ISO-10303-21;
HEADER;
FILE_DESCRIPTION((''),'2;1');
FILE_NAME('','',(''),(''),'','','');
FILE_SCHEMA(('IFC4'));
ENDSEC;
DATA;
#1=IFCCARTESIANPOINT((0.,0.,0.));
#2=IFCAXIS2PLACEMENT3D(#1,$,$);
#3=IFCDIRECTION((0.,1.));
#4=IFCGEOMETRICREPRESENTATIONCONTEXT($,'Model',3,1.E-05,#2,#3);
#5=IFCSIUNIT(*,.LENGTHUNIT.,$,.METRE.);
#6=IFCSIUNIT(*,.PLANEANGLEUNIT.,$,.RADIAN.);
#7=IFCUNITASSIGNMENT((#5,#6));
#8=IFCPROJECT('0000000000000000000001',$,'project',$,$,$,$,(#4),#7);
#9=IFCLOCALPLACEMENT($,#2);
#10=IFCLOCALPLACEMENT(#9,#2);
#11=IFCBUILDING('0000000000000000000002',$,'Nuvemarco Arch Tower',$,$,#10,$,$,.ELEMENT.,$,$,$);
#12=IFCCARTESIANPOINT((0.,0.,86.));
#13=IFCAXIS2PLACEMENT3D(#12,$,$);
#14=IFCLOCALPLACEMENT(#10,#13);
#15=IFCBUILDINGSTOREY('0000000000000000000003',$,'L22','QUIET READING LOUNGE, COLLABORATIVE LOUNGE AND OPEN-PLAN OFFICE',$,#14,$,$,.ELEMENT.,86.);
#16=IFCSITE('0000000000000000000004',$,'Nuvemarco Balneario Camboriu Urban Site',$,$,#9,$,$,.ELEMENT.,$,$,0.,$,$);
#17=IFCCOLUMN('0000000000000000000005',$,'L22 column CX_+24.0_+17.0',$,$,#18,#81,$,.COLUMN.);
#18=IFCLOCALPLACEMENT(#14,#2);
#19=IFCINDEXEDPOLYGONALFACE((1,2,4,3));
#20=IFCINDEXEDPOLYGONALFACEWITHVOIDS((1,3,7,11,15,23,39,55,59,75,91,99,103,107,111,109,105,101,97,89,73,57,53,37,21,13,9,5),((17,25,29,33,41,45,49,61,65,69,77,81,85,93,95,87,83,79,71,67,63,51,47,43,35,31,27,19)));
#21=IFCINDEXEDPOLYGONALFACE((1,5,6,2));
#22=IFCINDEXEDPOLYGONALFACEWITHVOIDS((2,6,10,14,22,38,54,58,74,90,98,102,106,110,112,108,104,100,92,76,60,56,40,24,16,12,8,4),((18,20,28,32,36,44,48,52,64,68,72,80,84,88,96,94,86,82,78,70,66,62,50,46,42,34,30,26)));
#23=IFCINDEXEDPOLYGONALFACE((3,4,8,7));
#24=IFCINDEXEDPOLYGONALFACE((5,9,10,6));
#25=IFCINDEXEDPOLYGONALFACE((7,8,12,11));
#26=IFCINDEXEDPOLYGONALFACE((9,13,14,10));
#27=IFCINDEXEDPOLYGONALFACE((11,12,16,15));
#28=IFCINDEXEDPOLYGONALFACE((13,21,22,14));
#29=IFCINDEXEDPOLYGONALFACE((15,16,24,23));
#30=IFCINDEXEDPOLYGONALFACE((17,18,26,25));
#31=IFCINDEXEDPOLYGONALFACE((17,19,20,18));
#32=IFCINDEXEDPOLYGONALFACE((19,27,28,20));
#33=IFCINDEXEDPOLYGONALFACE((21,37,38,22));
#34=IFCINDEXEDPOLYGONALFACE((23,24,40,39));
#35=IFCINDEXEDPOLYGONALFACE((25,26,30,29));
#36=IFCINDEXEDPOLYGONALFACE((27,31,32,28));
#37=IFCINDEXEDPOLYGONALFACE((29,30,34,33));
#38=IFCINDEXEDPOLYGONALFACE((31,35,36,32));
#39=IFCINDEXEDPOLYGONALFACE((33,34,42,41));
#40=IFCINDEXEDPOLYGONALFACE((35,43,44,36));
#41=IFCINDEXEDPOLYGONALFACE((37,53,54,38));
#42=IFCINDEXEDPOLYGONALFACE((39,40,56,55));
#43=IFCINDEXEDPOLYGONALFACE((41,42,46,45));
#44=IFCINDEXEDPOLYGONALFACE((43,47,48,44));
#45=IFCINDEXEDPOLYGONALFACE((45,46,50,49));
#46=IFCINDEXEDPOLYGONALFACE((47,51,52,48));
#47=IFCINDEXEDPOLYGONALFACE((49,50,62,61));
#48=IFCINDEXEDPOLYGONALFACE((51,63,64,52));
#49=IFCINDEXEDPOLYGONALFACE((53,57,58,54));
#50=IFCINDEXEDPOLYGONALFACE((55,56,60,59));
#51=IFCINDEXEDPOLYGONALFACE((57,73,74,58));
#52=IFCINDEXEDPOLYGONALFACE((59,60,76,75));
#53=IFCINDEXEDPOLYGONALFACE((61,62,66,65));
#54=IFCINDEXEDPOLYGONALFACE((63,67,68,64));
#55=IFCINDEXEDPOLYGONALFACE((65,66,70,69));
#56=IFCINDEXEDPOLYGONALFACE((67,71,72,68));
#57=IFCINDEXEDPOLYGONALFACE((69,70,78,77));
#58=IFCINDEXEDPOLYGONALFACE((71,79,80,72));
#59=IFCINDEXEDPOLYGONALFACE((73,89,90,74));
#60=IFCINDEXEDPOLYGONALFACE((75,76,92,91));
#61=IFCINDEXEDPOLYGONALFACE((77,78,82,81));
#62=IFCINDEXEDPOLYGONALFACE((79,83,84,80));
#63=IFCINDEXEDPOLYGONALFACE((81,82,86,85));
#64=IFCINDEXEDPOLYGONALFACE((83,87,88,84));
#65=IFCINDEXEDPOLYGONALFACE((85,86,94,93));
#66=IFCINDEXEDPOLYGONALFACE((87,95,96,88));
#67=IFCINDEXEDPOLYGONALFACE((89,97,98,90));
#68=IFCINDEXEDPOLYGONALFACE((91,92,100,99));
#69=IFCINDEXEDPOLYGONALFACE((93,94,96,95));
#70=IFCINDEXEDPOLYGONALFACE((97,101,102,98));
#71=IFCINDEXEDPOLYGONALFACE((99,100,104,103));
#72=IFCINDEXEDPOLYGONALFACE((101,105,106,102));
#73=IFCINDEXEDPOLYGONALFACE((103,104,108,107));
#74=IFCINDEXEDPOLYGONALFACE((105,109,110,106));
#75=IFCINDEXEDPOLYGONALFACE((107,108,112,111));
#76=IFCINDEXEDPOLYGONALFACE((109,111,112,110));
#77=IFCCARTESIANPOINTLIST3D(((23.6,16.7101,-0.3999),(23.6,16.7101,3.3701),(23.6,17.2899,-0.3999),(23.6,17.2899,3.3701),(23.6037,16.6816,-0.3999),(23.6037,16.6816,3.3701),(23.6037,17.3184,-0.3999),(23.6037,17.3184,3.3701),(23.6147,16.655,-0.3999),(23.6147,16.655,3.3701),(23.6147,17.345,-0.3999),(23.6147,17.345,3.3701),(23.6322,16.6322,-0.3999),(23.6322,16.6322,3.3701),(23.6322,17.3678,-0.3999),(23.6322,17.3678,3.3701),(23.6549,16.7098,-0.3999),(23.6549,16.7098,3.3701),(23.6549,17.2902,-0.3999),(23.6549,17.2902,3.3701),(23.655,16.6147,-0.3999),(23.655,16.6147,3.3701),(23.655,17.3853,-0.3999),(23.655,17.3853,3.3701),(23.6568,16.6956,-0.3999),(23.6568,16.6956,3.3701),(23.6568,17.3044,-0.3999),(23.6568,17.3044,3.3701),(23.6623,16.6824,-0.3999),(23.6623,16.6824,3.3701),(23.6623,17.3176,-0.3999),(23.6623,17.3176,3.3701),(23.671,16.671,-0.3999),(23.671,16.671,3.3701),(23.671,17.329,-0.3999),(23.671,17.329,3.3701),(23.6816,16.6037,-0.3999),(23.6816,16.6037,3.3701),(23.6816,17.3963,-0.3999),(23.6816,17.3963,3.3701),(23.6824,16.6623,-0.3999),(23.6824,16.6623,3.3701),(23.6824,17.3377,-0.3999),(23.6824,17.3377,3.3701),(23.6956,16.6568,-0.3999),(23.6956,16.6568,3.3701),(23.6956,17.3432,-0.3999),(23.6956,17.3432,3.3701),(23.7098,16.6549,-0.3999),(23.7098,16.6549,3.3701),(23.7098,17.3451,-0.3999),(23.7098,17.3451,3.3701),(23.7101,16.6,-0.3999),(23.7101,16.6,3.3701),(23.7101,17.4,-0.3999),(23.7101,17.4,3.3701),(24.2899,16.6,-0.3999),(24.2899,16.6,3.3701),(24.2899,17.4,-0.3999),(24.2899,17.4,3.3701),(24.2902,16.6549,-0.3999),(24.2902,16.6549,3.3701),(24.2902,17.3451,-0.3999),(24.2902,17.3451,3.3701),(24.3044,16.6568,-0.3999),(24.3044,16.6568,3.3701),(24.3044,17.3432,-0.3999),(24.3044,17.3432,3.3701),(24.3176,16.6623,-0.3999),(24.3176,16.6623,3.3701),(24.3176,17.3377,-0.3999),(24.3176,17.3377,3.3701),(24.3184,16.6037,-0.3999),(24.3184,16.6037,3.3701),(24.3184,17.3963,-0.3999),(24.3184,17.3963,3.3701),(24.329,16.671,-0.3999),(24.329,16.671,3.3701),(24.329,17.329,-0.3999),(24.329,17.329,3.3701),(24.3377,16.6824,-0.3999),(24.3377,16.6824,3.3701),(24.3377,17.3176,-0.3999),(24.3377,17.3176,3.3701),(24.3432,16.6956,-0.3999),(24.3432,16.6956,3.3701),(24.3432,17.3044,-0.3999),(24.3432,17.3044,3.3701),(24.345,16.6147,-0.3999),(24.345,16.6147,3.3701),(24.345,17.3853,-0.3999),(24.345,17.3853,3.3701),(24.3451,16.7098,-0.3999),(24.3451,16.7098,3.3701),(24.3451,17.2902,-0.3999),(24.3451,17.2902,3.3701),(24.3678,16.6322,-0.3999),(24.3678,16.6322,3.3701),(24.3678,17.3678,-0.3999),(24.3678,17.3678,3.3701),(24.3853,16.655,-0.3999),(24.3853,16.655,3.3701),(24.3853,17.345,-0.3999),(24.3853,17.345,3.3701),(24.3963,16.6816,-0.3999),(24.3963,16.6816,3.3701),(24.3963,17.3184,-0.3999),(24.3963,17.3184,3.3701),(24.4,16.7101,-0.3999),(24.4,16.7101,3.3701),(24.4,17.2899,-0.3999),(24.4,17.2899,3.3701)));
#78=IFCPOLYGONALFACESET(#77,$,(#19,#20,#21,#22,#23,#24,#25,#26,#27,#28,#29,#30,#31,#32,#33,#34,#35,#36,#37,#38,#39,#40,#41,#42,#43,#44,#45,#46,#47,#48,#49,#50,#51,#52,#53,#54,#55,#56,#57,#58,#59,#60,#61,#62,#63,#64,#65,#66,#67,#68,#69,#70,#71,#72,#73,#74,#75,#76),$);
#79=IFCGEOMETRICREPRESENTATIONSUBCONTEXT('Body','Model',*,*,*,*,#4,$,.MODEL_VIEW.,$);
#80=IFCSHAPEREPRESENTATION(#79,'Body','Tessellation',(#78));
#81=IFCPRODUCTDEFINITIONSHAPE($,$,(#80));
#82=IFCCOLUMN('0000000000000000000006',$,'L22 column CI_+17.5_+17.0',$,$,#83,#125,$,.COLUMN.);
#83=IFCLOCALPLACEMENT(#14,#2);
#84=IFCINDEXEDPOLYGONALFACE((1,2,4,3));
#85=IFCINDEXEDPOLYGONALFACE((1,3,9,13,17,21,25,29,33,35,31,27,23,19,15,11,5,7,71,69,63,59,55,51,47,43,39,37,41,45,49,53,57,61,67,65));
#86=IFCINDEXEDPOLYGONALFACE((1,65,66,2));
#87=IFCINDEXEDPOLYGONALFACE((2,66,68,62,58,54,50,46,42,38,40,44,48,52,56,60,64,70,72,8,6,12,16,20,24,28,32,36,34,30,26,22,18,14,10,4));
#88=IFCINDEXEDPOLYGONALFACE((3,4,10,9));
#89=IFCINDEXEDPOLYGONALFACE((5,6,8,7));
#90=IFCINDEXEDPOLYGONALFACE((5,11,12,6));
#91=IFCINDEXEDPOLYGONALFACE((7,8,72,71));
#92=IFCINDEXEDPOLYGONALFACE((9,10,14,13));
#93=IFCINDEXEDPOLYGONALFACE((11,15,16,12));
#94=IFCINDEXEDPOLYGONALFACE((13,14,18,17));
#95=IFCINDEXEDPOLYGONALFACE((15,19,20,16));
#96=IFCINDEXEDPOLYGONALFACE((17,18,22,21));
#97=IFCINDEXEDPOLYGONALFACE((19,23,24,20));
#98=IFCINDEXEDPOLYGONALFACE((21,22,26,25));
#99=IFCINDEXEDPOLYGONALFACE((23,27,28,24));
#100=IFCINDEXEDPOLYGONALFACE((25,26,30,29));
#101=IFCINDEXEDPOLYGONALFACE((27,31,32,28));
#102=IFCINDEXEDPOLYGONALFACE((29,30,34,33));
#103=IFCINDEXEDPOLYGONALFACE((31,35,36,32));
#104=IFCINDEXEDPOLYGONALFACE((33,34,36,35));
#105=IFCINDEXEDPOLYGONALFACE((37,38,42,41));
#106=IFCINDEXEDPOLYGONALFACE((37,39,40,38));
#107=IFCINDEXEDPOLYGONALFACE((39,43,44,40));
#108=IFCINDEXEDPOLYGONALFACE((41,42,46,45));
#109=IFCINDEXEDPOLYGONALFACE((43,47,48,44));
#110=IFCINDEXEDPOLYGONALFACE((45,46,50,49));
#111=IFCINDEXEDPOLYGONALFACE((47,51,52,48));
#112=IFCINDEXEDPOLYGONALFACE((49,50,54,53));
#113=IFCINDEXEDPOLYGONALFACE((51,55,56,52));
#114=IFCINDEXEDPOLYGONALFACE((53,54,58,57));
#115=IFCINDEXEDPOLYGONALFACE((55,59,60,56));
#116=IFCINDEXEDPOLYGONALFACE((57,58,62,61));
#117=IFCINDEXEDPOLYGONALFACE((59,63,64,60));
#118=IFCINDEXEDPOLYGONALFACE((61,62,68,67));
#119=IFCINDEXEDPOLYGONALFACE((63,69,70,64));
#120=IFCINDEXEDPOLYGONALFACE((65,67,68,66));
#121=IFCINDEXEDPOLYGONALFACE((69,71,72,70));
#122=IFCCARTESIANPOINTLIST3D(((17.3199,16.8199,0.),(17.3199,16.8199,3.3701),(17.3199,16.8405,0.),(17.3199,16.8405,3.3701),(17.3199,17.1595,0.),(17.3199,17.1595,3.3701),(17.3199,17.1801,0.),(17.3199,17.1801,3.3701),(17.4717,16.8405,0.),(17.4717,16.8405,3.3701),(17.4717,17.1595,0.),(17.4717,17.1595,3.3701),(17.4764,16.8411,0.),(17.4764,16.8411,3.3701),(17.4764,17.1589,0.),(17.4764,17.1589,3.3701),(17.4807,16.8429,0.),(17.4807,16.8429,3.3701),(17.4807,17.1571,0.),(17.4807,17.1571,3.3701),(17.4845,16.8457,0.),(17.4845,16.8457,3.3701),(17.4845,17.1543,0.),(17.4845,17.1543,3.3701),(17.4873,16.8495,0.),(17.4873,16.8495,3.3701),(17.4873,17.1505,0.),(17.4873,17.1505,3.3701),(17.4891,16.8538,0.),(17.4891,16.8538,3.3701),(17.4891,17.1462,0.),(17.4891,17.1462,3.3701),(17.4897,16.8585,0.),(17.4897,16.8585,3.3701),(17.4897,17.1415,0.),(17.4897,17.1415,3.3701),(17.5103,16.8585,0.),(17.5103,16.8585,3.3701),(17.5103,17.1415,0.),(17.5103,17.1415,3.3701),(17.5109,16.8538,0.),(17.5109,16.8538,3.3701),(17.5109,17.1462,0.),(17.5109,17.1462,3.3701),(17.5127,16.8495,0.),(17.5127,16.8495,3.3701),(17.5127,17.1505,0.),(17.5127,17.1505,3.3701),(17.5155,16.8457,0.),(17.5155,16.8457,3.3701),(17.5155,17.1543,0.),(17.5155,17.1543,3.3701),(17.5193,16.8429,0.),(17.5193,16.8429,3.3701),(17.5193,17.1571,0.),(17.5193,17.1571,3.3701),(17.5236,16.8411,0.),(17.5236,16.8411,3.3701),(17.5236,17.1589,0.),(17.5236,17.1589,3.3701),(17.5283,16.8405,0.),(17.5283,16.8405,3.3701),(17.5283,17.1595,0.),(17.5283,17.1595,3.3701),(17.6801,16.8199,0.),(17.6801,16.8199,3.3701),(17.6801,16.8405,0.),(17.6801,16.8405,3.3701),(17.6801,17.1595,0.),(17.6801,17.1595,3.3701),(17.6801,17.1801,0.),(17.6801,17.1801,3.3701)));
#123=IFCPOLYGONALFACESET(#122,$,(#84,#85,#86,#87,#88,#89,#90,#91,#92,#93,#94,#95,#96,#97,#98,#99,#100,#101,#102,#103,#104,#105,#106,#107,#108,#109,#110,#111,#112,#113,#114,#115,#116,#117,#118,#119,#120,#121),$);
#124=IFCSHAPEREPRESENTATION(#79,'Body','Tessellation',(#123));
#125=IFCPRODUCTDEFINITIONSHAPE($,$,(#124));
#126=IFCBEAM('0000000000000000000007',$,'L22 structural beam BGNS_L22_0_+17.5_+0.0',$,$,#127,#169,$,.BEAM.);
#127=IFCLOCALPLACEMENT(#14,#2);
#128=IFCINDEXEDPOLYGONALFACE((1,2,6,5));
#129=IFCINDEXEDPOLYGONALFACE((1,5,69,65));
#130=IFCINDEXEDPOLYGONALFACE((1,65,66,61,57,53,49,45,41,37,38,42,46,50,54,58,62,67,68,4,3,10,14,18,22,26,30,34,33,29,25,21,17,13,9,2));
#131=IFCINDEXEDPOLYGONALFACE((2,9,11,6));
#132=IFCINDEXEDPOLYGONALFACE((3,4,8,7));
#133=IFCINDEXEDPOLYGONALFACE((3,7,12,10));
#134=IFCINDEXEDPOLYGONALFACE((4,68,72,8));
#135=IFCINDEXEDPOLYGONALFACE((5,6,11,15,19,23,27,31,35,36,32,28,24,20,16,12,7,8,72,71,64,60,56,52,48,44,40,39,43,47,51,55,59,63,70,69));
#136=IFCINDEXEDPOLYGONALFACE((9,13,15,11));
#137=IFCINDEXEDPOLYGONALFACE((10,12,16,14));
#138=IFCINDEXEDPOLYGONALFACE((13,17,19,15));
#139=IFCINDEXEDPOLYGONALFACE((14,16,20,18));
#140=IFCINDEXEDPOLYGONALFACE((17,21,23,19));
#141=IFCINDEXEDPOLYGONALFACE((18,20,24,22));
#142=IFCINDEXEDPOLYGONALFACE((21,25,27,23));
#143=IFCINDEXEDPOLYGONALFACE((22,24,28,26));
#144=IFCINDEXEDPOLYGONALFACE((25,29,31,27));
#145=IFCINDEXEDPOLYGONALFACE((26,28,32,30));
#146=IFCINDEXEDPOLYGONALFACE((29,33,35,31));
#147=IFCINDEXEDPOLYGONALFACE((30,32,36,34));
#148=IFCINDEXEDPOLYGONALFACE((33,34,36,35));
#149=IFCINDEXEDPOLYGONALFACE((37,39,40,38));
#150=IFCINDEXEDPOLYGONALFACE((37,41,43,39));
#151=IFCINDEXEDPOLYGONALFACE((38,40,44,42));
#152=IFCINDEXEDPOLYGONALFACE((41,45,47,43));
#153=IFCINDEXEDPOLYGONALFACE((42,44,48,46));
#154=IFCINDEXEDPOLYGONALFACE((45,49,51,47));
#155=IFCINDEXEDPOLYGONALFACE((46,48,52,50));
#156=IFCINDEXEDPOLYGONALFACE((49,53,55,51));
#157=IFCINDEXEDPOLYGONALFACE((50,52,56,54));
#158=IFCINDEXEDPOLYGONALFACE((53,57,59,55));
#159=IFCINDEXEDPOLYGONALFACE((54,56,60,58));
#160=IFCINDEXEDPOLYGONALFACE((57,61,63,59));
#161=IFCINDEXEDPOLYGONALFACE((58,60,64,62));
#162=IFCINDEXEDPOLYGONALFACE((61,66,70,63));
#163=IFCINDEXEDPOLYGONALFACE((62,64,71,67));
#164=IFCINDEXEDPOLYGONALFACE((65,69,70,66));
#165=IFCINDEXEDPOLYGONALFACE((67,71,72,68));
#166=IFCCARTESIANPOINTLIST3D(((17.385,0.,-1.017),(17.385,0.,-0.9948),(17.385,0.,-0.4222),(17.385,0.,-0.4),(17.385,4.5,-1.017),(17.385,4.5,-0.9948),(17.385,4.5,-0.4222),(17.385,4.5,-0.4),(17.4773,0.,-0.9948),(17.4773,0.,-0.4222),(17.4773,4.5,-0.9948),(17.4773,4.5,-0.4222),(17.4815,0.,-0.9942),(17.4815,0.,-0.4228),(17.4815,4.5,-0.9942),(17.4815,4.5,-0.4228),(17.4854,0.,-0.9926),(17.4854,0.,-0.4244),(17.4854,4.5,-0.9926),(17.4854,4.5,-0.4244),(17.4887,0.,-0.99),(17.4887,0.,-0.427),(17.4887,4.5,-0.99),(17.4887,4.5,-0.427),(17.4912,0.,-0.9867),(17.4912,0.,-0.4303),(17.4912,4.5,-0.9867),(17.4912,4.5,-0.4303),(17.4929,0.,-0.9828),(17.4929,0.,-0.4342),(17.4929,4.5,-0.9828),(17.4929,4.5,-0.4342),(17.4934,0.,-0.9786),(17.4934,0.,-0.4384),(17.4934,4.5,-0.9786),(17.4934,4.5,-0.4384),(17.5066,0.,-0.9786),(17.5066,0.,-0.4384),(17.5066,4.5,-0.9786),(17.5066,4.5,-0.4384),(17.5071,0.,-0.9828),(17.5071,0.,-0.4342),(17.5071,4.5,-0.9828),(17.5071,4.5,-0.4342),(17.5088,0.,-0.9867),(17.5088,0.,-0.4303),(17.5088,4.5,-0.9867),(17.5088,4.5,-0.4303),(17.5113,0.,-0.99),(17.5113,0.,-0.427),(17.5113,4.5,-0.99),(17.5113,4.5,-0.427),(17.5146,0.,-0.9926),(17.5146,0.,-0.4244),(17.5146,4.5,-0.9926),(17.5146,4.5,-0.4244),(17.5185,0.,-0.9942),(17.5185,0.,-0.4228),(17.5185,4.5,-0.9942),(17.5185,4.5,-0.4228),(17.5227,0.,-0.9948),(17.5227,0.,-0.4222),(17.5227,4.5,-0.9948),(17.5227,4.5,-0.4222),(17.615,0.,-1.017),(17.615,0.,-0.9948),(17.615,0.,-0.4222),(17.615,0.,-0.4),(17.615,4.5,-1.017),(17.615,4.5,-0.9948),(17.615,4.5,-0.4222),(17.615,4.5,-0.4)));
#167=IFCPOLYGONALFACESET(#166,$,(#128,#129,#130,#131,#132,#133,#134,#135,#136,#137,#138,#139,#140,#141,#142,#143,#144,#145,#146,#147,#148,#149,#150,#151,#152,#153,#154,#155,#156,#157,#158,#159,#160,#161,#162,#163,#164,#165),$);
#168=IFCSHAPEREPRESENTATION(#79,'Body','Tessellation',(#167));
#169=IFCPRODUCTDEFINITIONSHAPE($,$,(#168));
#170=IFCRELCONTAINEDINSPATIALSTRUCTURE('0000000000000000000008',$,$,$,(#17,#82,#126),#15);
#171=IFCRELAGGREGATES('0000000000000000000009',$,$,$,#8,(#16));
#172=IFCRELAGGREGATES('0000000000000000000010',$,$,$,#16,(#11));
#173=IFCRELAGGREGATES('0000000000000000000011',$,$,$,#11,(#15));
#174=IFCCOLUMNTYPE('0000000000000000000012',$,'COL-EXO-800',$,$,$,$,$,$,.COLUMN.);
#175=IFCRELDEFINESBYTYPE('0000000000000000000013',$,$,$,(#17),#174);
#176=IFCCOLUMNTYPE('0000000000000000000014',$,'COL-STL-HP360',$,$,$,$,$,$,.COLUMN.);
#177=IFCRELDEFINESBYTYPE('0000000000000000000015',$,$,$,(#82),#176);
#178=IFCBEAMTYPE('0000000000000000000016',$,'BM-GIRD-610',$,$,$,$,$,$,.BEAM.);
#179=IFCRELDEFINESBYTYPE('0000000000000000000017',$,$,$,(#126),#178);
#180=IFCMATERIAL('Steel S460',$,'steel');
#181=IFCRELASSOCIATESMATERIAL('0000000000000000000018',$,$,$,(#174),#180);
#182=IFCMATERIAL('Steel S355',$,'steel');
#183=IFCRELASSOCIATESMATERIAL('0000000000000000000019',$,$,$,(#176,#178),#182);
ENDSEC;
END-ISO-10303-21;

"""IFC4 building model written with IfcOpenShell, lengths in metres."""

from ifc_helpers import new_model, si_unit, direction, frame, origin, origin_2d, place, context, subcontext, project, spatial, hollow_rectangle, i_section, extrude, material, material_profile, profile_set, type_object, element, save


model = new_model("IFC4")

# Units and contexts
model_context = context("Model", 3, precision=1e-05, world=origin(), true_north=direction((0.0, 1.0)))
body_context = subcontext(model_context, "Body", "Model", "MODEL_VIEW")
ifc_project = project(units=[si_unit("LENGTHUNIT", "METRE"), si_unit("PLANEANGLEUNIT", "RADIAN")], contexts=[model_context])

# Site, building, storey
site_placement = place(None, origin())
site = spatial("IfcSite", under=ifc_project, at=site_placement, Name="Nuvemarco Balneario Camboriu Urban Site", CompositionType="ELEMENT", RefElevation=0.0)
building_placement = place(site_placement, origin())
building = spatial("IfcBuilding", under=site, at=building_placement, Name="Nuvemarco Arch Tower", CompositionType="ELEMENT")
storey_placement = place(building_placement, frame((0.0, 0.0, 86.0)))
storey = spatial("IfcBuildingStorey", under=building, at=storey_placement, Name="L22", Description="QUIET READING LOUNGE, COLLABORATIVE LOUNGE AND OPEN-PLAN OFFICE", CompositionType="ELEMENT", Elevation=86.0)

# Columns
ifc_material_1 = material(Name="Steel S460", Category="steel")
ifc_material_profile_1 = material_profile(ifc_material_1, hollow_rectangle(XDim=0.8, YDim=0.8, WallThickness=0.0549, InnerFilletRadius=0.0549, OuterFilletRadius=0.1101, at=origin_2d()), Name="SHS800x800x55")
ifc_profile_set_1 = profile_set([ifc_material_profile_1], Name="Steel S460")
column_type_1 = type_object("IfcColumnType", Name="COL-EXO-800", PredefinedType="COLUMN", material=ifc_profile_set_1)
for number, where, z_axis, x_axis, name in (
    (1, (24.0, 17.0, -0.3999), (0.0, 0.0, 1.0), (1.0, 0.0, 0.0), "L22 column CX_+24.0_+17.0"),
):
    element("IfcColumn", number, at=place(storey_placement, frame(where, z_axis=z_axis, x_axis=x_axis)), inside=storey, type_object=column_type_1, Name=name, PredefinedType="COLUMN", context=body_context, shape_type="SweptSolid", body=[
        extrude(hollow_rectangle(XDim=0.8, YDim=0.8, WallThickness=0.0549, InnerFilletRadius=0.0549, OuterFilletRadius=0.1101, at=origin_2d()), origin(), (0.0, 0.0, 1.0), 3.77),
    ])
ifc_material_2 = material(Name="Steel S355", Category="steel")
ifc_material_profile_2 = material_profile(ifc_material_2, i_section(OverallWidth=0.3601, OverallDepth=0.3601, WebThickness=0.0205, FlangeThickness=0.0205, FilletRadius=0.0181, at=origin_2d()), Name="HP360x174")
ifc_profile_set_2 = profile_set([ifc_material_profile_2], Name="Steel S355")
column_type_2 = type_object("IfcColumnType", Name="COL-STL-HP360", PredefinedType="COLUMN", material=ifc_profile_set_2)
column_placement = place(storey_placement, frame((17.5, 17.0, 0.0), z_axis=(0.0, 0.0, 1.0), x_axis=(1.0, 0.0, 0.0)))
element("IfcColumn", 2, at=column_placement, inside=storey, type_object=column_type_2, Name="L22 column CI_+17.5_+17.0", PredefinedType="COLUMN", context=body_context, shape_type="SweptSolid", body=[
    extrude(i_section(OverallWidth=0.3601, OverallDepth=0.3601, WebThickness=0.0205, FlangeThickness=0.0205, FilletRadius=0.0181, at=origin_2d()), origin(), (0.0, 0.0, 1.0), 3.3701),
])

# Beam
ifc_material_profile_3 = material_profile(ifc_material_2, i_section(OverallWidth=0.23, OverallDepth=0.6169, WebThickness=0.0132, FlangeThickness=0.0222, FilletRadius=0.0161, at=origin_2d()), Name="W610x140")
ifc_profile_set_3 = profile_set([ifc_material_profile_3], Name="Steel S355")
beam_type_1 = type_object("IfcBeamType", Name="BM-GIRD-610", PredefinedType="BEAM", material=ifc_profile_set_3)
beam_1_placement = place(storey_placement, frame((17.5, 0.0, -0.7085), z_axis=(0.0, 1.0, 0.0), x_axis=(-1.0, 0.0, 0.0)))
element("IfcBeam", 3, at=beam_1_placement, inside=storey, type_object=beam_type_1, Name="L22 structural beam BGNS_L22_0_+17.5_+0.0", PredefinedType="BEAM", context=body_context, shape_type="SweptSolid", body=[
    extrude(i_section(OverallWidth=0.23, OverallDepth=0.6169, WebThickness=0.0132, FlangeThickness=0.0222, FilletRadius=0.0161, at=origin_2d()), origin(), (0.0, 0.0, 1.0), 4.5),
])

save(model, "model.ifc")
